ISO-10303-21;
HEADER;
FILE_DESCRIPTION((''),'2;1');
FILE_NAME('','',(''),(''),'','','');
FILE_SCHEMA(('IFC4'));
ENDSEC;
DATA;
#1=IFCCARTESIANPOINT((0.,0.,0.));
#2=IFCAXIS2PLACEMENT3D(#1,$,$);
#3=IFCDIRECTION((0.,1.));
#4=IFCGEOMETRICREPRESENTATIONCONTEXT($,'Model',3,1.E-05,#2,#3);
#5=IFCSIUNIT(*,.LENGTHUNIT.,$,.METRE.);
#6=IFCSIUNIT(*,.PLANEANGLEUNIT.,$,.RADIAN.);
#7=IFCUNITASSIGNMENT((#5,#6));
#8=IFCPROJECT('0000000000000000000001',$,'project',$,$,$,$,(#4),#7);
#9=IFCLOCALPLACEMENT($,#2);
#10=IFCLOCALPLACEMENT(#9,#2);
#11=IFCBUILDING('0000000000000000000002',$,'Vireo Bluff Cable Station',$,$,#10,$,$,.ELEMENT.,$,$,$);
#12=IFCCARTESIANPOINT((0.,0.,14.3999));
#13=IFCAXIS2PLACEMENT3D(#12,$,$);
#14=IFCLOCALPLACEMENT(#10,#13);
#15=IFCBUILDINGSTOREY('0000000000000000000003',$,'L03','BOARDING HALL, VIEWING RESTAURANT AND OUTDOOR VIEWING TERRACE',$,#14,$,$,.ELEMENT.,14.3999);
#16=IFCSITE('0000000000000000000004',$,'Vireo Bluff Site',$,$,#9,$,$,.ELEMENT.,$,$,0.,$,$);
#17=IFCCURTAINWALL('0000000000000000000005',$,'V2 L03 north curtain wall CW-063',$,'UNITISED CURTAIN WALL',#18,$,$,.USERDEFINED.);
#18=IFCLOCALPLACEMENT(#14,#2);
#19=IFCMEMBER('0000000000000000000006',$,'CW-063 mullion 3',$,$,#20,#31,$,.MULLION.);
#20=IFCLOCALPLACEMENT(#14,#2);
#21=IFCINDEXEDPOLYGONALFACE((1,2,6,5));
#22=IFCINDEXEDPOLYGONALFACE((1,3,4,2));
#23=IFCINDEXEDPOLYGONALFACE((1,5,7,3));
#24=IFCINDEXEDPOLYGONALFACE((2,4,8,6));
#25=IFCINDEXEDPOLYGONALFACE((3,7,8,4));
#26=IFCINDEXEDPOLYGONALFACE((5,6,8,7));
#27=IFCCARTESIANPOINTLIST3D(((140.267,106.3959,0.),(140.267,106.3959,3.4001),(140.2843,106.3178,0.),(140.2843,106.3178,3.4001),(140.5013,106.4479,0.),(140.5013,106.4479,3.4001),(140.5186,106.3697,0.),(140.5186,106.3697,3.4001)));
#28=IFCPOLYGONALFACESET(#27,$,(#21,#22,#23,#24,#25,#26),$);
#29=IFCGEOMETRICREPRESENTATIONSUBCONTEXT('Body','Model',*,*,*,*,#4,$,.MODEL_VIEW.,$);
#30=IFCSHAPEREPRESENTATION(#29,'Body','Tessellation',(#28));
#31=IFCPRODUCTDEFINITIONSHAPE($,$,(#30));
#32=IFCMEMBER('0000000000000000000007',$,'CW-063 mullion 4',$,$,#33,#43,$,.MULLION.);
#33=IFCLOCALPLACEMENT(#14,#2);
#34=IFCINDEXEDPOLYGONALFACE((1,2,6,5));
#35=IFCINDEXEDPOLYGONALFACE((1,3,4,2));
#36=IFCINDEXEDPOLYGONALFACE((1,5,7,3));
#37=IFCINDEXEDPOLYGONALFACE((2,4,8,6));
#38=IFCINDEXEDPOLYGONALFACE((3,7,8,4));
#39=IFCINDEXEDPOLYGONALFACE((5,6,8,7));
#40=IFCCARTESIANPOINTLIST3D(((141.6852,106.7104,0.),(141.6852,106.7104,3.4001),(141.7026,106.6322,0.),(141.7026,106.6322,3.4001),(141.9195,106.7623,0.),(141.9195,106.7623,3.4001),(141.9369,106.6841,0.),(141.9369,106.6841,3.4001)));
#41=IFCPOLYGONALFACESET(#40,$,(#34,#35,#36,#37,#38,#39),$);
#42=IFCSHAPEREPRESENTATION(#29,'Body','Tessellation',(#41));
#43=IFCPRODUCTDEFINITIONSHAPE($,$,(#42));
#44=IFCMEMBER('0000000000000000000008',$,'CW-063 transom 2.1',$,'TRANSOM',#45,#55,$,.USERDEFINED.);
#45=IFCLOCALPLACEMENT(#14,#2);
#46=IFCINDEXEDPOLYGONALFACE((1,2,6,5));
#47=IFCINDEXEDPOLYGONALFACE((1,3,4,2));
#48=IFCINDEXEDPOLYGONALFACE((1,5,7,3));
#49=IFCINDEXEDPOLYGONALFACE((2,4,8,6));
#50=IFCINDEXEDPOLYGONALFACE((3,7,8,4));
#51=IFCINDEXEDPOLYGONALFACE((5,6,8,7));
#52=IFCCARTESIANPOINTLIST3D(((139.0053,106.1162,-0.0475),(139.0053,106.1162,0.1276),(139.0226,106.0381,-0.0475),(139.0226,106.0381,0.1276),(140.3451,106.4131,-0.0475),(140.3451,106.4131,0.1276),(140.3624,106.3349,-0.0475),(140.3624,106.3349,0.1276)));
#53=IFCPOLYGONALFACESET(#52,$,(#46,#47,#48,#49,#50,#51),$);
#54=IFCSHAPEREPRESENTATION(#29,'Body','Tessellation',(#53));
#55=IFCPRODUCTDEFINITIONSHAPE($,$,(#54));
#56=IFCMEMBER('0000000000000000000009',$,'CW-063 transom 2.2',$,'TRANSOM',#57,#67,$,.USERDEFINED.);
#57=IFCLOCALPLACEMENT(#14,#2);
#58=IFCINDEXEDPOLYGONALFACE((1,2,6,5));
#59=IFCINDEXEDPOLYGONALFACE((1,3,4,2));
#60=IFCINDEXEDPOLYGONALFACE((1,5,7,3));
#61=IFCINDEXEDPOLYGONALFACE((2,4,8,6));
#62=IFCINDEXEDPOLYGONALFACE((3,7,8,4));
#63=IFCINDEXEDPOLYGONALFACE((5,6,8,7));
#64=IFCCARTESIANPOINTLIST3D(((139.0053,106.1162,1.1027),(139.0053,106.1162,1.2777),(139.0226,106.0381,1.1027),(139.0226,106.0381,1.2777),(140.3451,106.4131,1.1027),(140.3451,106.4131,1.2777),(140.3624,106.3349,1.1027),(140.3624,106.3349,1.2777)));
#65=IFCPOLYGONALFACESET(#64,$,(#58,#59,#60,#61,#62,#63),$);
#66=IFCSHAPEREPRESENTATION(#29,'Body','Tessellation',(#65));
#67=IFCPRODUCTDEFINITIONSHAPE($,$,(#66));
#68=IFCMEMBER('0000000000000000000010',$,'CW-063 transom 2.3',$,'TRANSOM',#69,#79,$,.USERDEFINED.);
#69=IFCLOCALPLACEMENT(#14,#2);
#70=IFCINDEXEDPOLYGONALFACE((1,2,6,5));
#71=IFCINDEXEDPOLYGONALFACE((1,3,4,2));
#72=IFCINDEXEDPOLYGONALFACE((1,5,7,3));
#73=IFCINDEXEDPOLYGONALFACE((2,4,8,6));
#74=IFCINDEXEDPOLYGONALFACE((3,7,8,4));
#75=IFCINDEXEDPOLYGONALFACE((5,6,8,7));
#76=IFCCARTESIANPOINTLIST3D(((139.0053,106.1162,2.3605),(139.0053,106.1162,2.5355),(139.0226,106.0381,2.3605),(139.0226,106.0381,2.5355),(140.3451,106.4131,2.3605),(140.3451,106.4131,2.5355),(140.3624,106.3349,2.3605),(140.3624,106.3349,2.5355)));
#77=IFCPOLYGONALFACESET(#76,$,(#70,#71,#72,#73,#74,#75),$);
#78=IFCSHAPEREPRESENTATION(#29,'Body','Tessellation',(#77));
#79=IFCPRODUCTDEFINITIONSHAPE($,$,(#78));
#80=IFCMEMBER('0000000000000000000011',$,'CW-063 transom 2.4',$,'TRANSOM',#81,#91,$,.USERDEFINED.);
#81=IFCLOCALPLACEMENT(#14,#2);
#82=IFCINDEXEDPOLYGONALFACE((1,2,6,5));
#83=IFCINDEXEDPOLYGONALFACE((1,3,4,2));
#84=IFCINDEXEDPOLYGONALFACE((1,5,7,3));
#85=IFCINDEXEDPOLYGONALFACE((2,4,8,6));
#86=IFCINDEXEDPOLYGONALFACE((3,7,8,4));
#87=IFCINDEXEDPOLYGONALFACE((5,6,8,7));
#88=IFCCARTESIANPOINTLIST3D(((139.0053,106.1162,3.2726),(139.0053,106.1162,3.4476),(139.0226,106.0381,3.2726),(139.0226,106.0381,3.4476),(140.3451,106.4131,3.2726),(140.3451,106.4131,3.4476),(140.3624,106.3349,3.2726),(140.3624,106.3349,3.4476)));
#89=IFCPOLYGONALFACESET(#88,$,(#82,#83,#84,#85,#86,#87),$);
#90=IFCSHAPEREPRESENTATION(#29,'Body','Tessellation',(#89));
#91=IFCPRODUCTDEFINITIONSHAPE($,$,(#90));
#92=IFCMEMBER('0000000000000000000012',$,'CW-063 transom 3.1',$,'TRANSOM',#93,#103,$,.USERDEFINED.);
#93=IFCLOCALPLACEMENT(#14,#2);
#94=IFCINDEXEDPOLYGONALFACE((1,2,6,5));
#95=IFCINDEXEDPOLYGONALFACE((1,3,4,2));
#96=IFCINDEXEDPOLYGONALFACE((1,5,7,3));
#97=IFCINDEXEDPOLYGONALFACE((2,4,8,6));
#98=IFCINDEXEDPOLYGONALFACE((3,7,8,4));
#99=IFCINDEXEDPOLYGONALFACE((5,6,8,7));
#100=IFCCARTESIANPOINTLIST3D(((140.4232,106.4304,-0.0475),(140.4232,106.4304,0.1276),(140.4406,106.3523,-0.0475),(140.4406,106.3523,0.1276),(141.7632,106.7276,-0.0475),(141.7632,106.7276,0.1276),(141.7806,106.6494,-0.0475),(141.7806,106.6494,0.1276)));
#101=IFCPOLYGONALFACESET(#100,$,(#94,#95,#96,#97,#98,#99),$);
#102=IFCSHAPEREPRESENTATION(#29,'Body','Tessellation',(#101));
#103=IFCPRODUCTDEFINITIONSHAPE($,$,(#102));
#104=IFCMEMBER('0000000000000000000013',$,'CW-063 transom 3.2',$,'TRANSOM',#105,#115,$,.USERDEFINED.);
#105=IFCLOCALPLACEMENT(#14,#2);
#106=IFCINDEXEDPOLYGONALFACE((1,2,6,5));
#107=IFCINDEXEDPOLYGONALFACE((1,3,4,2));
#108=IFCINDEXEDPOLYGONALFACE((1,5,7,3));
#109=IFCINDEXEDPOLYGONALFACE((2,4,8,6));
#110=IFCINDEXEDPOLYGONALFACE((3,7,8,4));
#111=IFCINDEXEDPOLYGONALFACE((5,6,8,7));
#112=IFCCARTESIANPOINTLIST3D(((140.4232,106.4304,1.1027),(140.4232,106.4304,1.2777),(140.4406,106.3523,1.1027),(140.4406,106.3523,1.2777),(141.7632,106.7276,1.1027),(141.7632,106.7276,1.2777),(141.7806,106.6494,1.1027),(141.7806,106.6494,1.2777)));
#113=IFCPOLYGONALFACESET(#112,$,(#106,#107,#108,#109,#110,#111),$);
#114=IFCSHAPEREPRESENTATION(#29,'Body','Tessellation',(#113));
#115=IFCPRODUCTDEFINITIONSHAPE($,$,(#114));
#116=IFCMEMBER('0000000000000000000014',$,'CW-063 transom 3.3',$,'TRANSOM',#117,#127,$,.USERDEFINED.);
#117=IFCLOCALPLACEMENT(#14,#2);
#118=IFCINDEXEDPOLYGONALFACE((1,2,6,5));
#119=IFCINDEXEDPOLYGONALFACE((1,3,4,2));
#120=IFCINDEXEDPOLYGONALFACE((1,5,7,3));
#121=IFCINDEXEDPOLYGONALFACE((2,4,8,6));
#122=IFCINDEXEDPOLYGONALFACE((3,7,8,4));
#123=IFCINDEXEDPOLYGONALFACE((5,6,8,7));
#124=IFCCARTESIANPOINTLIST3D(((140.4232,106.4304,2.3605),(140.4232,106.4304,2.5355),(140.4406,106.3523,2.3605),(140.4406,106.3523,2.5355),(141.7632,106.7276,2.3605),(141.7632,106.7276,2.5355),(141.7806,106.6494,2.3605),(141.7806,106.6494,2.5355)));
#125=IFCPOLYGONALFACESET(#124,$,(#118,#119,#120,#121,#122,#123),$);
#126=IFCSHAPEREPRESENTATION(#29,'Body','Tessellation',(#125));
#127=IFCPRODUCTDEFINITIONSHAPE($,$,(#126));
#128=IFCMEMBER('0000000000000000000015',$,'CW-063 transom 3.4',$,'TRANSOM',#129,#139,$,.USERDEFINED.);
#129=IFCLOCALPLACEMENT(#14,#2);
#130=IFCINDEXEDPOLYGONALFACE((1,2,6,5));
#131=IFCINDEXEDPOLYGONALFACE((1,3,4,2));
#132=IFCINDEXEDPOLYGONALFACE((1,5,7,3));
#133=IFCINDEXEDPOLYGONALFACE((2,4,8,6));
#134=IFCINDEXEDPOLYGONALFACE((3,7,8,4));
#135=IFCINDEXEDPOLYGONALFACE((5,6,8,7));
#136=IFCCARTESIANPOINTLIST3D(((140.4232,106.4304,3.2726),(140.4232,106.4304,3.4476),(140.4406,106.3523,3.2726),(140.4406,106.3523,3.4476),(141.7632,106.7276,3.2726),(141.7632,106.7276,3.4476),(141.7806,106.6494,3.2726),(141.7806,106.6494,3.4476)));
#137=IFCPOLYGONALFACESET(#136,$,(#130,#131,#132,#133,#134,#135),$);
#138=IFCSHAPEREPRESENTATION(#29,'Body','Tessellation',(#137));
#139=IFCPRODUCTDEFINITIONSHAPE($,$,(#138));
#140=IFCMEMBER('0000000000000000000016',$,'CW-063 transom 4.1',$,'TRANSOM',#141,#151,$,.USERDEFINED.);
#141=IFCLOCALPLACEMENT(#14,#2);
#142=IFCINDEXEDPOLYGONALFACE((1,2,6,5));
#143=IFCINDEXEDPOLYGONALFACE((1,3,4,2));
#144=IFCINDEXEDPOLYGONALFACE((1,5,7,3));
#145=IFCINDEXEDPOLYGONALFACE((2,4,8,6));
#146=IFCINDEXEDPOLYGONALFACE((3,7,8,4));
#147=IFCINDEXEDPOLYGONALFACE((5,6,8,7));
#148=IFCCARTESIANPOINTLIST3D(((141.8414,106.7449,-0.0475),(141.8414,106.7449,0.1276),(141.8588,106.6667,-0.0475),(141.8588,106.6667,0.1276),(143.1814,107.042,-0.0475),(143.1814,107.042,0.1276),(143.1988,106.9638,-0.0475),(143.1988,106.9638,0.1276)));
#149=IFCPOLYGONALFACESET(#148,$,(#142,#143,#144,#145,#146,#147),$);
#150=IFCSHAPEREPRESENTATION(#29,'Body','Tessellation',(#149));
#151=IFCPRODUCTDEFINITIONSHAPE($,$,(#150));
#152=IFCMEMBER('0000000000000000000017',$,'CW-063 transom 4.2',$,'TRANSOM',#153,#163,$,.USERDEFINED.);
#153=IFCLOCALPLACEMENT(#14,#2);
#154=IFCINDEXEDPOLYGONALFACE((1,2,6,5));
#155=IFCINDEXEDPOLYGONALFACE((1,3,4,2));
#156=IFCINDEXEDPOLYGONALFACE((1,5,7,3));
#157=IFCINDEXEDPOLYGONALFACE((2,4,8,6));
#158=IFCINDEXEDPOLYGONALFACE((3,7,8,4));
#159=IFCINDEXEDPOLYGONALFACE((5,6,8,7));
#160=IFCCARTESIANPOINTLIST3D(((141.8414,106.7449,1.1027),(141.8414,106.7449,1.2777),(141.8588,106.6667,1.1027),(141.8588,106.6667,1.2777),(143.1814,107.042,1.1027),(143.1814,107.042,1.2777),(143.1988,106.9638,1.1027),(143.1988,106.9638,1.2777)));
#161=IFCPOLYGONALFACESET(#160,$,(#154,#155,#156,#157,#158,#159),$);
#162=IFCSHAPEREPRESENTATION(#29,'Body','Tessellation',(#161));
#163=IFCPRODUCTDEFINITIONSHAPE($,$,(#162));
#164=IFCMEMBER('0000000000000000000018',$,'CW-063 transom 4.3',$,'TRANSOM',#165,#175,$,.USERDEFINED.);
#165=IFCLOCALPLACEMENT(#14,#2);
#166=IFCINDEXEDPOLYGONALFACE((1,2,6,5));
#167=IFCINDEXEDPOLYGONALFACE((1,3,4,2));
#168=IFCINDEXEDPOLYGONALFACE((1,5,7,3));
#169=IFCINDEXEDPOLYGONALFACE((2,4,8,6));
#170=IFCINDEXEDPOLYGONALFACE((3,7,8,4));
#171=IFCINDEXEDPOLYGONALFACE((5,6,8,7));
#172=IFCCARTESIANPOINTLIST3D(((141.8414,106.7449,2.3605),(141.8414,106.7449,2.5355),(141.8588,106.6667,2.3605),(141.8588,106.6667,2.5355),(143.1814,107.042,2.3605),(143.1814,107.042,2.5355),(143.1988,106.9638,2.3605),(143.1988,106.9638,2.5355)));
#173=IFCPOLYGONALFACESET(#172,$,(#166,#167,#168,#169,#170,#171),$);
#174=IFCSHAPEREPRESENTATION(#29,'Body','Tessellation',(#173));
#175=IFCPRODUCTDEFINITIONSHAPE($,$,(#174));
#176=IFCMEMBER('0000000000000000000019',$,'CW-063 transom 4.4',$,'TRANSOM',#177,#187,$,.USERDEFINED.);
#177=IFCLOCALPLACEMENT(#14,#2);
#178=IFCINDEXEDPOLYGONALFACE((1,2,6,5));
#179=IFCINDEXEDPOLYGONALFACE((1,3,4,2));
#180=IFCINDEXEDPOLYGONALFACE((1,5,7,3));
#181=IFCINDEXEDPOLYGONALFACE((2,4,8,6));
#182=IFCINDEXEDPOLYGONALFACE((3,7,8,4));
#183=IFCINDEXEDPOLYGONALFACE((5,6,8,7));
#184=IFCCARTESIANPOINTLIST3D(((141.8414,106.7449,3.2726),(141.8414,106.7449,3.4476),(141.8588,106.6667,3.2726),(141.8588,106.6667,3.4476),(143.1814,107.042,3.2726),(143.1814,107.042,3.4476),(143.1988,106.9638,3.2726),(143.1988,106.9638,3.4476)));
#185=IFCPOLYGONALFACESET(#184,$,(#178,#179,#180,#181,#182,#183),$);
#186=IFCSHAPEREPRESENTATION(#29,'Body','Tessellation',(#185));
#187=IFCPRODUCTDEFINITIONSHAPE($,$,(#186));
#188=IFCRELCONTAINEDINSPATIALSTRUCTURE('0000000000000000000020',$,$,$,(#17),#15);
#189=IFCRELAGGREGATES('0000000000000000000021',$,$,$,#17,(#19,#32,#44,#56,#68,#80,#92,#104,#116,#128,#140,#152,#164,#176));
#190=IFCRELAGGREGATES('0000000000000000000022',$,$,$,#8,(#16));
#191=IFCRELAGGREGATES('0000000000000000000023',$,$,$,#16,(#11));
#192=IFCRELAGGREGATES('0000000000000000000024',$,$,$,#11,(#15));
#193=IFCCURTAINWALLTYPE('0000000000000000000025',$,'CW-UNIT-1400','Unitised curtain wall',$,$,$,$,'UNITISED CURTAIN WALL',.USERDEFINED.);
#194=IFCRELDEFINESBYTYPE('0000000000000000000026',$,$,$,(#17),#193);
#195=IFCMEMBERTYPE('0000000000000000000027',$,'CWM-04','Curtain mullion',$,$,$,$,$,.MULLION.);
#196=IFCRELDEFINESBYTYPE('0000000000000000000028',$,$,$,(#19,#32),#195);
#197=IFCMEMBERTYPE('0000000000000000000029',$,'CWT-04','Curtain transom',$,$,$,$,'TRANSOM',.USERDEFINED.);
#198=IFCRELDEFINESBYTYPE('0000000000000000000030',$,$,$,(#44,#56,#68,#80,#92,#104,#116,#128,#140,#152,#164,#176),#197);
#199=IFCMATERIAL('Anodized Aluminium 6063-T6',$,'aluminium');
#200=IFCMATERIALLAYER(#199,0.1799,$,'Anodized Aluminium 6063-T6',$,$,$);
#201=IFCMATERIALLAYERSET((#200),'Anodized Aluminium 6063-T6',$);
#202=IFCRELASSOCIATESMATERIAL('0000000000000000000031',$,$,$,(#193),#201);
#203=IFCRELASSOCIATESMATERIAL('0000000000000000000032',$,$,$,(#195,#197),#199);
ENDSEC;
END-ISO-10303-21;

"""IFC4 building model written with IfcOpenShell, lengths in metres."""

from ifc_helpers import new_model, si_unit, direction, frame, origin, origin_2d, place, context, subcontext, project, spatial, rectangle, extrude, material, layer, layer_set, material_profile, profile_set, type_object, element, aggregate, save


model = new_model("IFC4")

# Units and contexts
model_context = context("Model", 3, precision=1e-05, world=origin(), true_north=direction((0.0, 1.0)))
body_context = subcontext(model_context, "Body", "Model", "MODEL_VIEW")
ifc_project = project(units=[si_unit("LENGTHUNIT", "METRE"), si_unit("PLANEANGLEUNIT", "RADIAN")], contexts=[model_context])

# Site, building, storey
site_placement = place(None, origin())
site = spatial("IfcSite", under=ifc_project, at=site_placement, Name="Vireo Bluff Site", CompositionType="ELEMENT", RefElevation=0.0)
building_placement = place(site_placement, origin())
building = spatial("IfcBuilding", under=site, at=building_placement, Name="Vireo Bluff Cable Station", CompositionType="ELEMENT")
storey_placement = place(building_placement, frame((0.0, 0.0, 14.3999)))
storey = spatial("IfcBuildingStorey", under=building, at=storey_placement, Name="L03", Description="BOARDING HALL, VIEWING RESTAURANT AND OUTDOOR VIEWING TERRACE", CompositionType="ELEMENT", Elevation=14.3999)

# Curtain wall, members
ifc_material_1 = material(Name="Anodized Aluminium 6063-T6", Category="aluminium")
ifc_layer_1 = layer(ifc_material_1, 0.1799, Name="Anodized Aluminium 6063-T6")
ifc_layer_set_1 = layer_set([ifc_layer_1], Name="Anodized Aluminium 6063-T6")
curtain_wall_type = type_object("IfcCurtainWallType", Name="CW-UNIT-1400", Description="Unitised curtain wall", ElementType="UNITISED CURTAIN WALL", PredefinedType="USERDEFINED", material=ifc_layer_set_1)
curtain_wall_placement = place(storey_placement, origin())
curtain_wall = element("IfcCurtainWall", 1, at=curtain_wall_placement, inside=storey, type_object=curtain_wall_type, Name="V2 L03 north curtain wall CW-063", ObjectType="UNITISED CURTAIN WALL", PredefinedType="USERDEFINED")
ifc_material_profile_1 = material_profile(ifc_material_1, rectangle(XDim=0.0801, YDim=0.24, at=origin_2d()), Name="ALU-M-80X240")
ifc_profile_set_1 = profile_set([ifc_material_profile_1], Name="Anodized Aluminium 6063-T6")
member_type_1 = type_object("IfcMemberType", Name="CWM-04", Description="Curtain mullion", PredefinedType="MULLION", material=ifc_profile_set_1)
member_1_placement = place(storey_placement, frame((140.3928, 106.3828, 0.0), z_axis=(0.0, 0.0, 1.0), x_axis=(-0.21644, 0.976296, 0.0)))
member_1 = element("IfcMember", 2, at=member_1_placement, type_object=member_type_1, Name="CW-063 mullion 3", PredefinedType="MULLION", context=body_context, shape_type="SweptSolid", body=[
    extrude(rectangle(XDim=0.0801, YDim=0.24, at=origin_2d()), origin(), (0.0, 0.0, 1.0), 3.4001),
])
member_2_placement = place(storey_placement, frame((141.811, 106.6973, 0.0), z_axis=(0.0, 0.0, 1.0), x_axis=(-0.21644, 0.976296, 0.0)))
member_2 = element("IfcMember", 3, at=member_2_placement, type_object=member_type_1, Name="CW-063 mullion 4", PredefinedType="MULLION", context=body_context, shape_type="SweptSolid", body=[
    extrude(rectangle(XDim=0.0801, YDim=0.24, at=origin_2d()), origin(), (0.0, 0.0, 1.0), 3.4001),
])
ifc_material_profile_2 = material_profile(ifc_material_1, rectangle(XDim=0.0801, YDim=0.175, at=origin_2d()), Name="ALU-T-80X175")
ifc_profile_set_2 = profile_set([ifc_material_profile_2], Name="Anodized Aluminium 6063-T6")
member_type_2 = type_object("IfcMemberType", Name="CWT-04", Description="Curtain transom", ElementType="TRANSOM", PredefinedType="USERDEFINED", material=ifc_profile_set_2)
member_3_placement = place(storey_placement, frame((139.0139, 106.0771, 0.04), z_axis=(0.976321, 0.216328, 0.0), x_axis=(-0.216328, 0.976321, 0.0)))
member_3 = element("IfcMember", 4, at=member_3_placement, type_object=member_type_2, Name="CW-063 transom 2.1", ObjectType="TRANSOM", PredefinedType="USERDEFINED", context=body_context, shape_type="SweptSolid", body=[
    extrude(rectangle(XDim=0.0801, YDim=0.175, at=origin_2d()), origin(), (0.0, 0.0, 1.0), 1.3723),
])
member_4_placement = place(storey_placement, frame((139.0139, 106.0771, 1.1902), z_axis=(0.976321, 0.216328, 0.0), x_axis=(-0.216328, 0.976321, 0.0)))
member_4 = element("IfcMember", 5, at=member_4_placement, type_object=member_type_2, Name="CW-063 transom 2.2", ObjectType="TRANSOM", PredefinedType="USERDEFINED", context=body_context, shape_type="SweptSolid", body=[
    extrude(rectangle(XDim=0.0801, YDim=0.175, at=origin_2d()), origin(), (0.0, 0.0, 1.0), 1.3723),
])
member_5_placement = place(storey_placement, frame((139.0139, 106.0771, 2.448), z_axis=(0.976321, 0.216328, 0.0), x_axis=(-0.216328, 0.976321, 0.0)))
member_5 = element("IfcMember", 6, at=member_5_placement, type_object=member_type_2, Name="CW-063 transom 2.3", ObjectType="TRANSOM", PredefinedType="USERDEFINED", context=body_context, shape_type="SweptSolid", body=[
    extrude(rectangle(XDim=0.0801, YDim=0.175, at=origin_2d()), origin(), (0.0, 0.0, 1.0), 1.3723),
])
member_6_placement = place(storey_placement, frame((139.0139, 106.0771, 3.3601), z_axis=(0.976321, 0.216328, 0.0), x_axis=(-0.216328, 0.976321, 0.0)))
member_6 = element("IfcMember", 7, at=member_6_placement, type_object=member_type_2, Name="CW-063 transom 2.4", ObjectType="TRANSOM", PredefinedType="USERDEFINED", context=body_context, shape_type="SweptSolid", body=[
    extrude(rectangle(XDim=0.0801, YDim=0.175, at=origin_2d()), origin(), (0.0, 0.0, 1.0), 1.3723),
])
member_7_placement = place(storey_placement, frame((140.4319, 106.3914, 0.04), z_axis=(0.976292, 0.21646, 0.0), x_axis=(-0.21646, 0.976292, 0.0)))
member_7 = element("IfcMember", 8, at=member_7_placement, type_object=member_type_2, Name="CW-063 transom 3.1", ObjectType="TRANSOM", PredefinedType="USERDEFINED", context=body_context, shape_type="SweptSolid", body=[
    extrude(rectangle(XDim=0.0801, YDim=0.175, at=origin_2d()), origin(), (0.0, 0.0, 1.0), 1.3726),
])
member_8_placement = place(storey_placement, frame((140.4319, 106.3914, 1.1902), z_axis=(0.976292, 0.21646, 0.0), x_axis=(-0.21646, 0.976292, 0.0)))
member_8 = element("IfcMember", 9, at=member_8_placement, type_object=member_type_2, Name="CW-063 transom 3.2", ObjectType="TRANSOM", PredefinedType="USERDEFINED", context=body_context, shape_type="SweptSolid", body=[
    extrude(rectangle(XDim=0.0801, YDim=0.175, at=origin_2d()), origin(), (0.0, 0.0, 1.0), 1.3726),
])
member_9_placement = place(storey_placement, frame((140.4319, 106.3914, 2.448), z_axis=(0.976292, 0.21646, 0.0), x_axis=(-0.21646, 0.976292, 0.0)))
member_9 = element("IfcMember", 10, at=member_9_placement, type_object=member_type_2, Name="CW-063 transom 3.3", ObjectType="TRANSOM", PredefinedType="USERDEFINED", context=body_context, shape_type="SweptSolid", body=[
    extrude(rectangle(XDim=0.0801, YDim=0.175, at=origin_2d()), origin(), (0.0, 0.0, 1.0), 1.3726),
])
member_10_placement = place(storey_placement, frame((140.4319, 106.3914, 3.3601), z_axis=(0.976292, 0.21646, 0.0), x_axis=(-0.21646, 0.976292, 0.0)))
member_10 = element("IfcMember", 11, at=member_10_placement, type_object=member_type_2, Name="CW-063 transom 3.4", ObjectType="TRANSOM", PredefinedType="USERDEFINED", context=body_context, shape_type="SweptSolid", body=[
    extrude(rectangle(XDim=0.0801, YDim=0.175, at=origin_2d()), origin(), (0.0, 0.0, 1.0), 1.3726),
])
member_11_placement = place(storey_placement, frame((141.8501, 106.7058, 0.04), z_axis=(0.976292, 0.21646, 0.0), x_axis=(-0.21646, 0.976292, 0.0)))
member_11 = element("IfcMember", 12, at=member_11_placement, type_object=member_type_2, Name="CW-063 transom 4.1", ObjectType="TRANSOM", PredefinedType="USERDEFINED", context=body_context, shape_type="SweptSolid", body=[
    extrude(rectangle(XDim=0.0801, YDim=0.175, at=origin_2d()), origin(), (0.0, 0.0, 1.0), 1.3726),
])
member_12_placement = place(storey_placement, frame((141.8501, 106.7058, 1.1902), z_axis=(0.976292, 0.21646, 0.0), x_axis=(-0.21646, 0.976292, 0.0)))
member_12 = element("IfcMember", 13, at=member_12_placement, type_object=member_type_2, Name="CW-063 transom 4.2", ObjectType="TRANSOM", PredefinedType="USERDEFINED", context=body_context, shape_type="SweptSolid", body=[
    extrude(rectangle(XDim=0.0801, YDim=0.175, at=origin_2d()), origin(), (0.0, 0.0, 1.0), 1.3726),
])
member_13_placement = place(storey_placement, frame((141.8501, 106.7058, 2.448), z_axis=(0.976292, 0.21646, 0.0), x_axis=(-0.21646, 0.976292, 0.0)))
member_13 = element("IfcMember", 14, at=member_13_placement, type_object=member_type_2, Name="CW-063 transom 4.3", ObjectType="TRANSOM", PredefinedType="USERDEFINED", context=body_context, shape_type="SweptSolid", body=[
    extrude(rectangle(XDim=0.0801, YDim=0.175, at=origin_2d()), origin(), (0.0, 0.0, 1.0), 1.3726),
])
member_14_placement = place(storey_placement, frame((141.8501, 106.7058, 3.3601), z_axis=(0.976292, 0.21646, 0.0), x_axis=(-0.21646, 0.976292, 0.0)))
member_14 = element("IfcMember", 15, at=member_14_placement, type_object=member_type_2, Name="CW-063 transom 4.4", ObjectType="TRANSOM", PredefinedType="USERDEFINED", context=body_context, shape_type="SweptSolid", body=[
    extrude(rectangle(XDim=0.0801, YDim=0.175, at=origin_2d()), origin(), (0.0, 0.0, 1.0), 1.3726),
])
aggregate(curtain_wall, [member_1, member_2, member_3, member_4, member_5, member_6, member_7, member_8, member_9, member_10, member_11, member_12, member_13, member_14])

save(model, "model.ifc")
